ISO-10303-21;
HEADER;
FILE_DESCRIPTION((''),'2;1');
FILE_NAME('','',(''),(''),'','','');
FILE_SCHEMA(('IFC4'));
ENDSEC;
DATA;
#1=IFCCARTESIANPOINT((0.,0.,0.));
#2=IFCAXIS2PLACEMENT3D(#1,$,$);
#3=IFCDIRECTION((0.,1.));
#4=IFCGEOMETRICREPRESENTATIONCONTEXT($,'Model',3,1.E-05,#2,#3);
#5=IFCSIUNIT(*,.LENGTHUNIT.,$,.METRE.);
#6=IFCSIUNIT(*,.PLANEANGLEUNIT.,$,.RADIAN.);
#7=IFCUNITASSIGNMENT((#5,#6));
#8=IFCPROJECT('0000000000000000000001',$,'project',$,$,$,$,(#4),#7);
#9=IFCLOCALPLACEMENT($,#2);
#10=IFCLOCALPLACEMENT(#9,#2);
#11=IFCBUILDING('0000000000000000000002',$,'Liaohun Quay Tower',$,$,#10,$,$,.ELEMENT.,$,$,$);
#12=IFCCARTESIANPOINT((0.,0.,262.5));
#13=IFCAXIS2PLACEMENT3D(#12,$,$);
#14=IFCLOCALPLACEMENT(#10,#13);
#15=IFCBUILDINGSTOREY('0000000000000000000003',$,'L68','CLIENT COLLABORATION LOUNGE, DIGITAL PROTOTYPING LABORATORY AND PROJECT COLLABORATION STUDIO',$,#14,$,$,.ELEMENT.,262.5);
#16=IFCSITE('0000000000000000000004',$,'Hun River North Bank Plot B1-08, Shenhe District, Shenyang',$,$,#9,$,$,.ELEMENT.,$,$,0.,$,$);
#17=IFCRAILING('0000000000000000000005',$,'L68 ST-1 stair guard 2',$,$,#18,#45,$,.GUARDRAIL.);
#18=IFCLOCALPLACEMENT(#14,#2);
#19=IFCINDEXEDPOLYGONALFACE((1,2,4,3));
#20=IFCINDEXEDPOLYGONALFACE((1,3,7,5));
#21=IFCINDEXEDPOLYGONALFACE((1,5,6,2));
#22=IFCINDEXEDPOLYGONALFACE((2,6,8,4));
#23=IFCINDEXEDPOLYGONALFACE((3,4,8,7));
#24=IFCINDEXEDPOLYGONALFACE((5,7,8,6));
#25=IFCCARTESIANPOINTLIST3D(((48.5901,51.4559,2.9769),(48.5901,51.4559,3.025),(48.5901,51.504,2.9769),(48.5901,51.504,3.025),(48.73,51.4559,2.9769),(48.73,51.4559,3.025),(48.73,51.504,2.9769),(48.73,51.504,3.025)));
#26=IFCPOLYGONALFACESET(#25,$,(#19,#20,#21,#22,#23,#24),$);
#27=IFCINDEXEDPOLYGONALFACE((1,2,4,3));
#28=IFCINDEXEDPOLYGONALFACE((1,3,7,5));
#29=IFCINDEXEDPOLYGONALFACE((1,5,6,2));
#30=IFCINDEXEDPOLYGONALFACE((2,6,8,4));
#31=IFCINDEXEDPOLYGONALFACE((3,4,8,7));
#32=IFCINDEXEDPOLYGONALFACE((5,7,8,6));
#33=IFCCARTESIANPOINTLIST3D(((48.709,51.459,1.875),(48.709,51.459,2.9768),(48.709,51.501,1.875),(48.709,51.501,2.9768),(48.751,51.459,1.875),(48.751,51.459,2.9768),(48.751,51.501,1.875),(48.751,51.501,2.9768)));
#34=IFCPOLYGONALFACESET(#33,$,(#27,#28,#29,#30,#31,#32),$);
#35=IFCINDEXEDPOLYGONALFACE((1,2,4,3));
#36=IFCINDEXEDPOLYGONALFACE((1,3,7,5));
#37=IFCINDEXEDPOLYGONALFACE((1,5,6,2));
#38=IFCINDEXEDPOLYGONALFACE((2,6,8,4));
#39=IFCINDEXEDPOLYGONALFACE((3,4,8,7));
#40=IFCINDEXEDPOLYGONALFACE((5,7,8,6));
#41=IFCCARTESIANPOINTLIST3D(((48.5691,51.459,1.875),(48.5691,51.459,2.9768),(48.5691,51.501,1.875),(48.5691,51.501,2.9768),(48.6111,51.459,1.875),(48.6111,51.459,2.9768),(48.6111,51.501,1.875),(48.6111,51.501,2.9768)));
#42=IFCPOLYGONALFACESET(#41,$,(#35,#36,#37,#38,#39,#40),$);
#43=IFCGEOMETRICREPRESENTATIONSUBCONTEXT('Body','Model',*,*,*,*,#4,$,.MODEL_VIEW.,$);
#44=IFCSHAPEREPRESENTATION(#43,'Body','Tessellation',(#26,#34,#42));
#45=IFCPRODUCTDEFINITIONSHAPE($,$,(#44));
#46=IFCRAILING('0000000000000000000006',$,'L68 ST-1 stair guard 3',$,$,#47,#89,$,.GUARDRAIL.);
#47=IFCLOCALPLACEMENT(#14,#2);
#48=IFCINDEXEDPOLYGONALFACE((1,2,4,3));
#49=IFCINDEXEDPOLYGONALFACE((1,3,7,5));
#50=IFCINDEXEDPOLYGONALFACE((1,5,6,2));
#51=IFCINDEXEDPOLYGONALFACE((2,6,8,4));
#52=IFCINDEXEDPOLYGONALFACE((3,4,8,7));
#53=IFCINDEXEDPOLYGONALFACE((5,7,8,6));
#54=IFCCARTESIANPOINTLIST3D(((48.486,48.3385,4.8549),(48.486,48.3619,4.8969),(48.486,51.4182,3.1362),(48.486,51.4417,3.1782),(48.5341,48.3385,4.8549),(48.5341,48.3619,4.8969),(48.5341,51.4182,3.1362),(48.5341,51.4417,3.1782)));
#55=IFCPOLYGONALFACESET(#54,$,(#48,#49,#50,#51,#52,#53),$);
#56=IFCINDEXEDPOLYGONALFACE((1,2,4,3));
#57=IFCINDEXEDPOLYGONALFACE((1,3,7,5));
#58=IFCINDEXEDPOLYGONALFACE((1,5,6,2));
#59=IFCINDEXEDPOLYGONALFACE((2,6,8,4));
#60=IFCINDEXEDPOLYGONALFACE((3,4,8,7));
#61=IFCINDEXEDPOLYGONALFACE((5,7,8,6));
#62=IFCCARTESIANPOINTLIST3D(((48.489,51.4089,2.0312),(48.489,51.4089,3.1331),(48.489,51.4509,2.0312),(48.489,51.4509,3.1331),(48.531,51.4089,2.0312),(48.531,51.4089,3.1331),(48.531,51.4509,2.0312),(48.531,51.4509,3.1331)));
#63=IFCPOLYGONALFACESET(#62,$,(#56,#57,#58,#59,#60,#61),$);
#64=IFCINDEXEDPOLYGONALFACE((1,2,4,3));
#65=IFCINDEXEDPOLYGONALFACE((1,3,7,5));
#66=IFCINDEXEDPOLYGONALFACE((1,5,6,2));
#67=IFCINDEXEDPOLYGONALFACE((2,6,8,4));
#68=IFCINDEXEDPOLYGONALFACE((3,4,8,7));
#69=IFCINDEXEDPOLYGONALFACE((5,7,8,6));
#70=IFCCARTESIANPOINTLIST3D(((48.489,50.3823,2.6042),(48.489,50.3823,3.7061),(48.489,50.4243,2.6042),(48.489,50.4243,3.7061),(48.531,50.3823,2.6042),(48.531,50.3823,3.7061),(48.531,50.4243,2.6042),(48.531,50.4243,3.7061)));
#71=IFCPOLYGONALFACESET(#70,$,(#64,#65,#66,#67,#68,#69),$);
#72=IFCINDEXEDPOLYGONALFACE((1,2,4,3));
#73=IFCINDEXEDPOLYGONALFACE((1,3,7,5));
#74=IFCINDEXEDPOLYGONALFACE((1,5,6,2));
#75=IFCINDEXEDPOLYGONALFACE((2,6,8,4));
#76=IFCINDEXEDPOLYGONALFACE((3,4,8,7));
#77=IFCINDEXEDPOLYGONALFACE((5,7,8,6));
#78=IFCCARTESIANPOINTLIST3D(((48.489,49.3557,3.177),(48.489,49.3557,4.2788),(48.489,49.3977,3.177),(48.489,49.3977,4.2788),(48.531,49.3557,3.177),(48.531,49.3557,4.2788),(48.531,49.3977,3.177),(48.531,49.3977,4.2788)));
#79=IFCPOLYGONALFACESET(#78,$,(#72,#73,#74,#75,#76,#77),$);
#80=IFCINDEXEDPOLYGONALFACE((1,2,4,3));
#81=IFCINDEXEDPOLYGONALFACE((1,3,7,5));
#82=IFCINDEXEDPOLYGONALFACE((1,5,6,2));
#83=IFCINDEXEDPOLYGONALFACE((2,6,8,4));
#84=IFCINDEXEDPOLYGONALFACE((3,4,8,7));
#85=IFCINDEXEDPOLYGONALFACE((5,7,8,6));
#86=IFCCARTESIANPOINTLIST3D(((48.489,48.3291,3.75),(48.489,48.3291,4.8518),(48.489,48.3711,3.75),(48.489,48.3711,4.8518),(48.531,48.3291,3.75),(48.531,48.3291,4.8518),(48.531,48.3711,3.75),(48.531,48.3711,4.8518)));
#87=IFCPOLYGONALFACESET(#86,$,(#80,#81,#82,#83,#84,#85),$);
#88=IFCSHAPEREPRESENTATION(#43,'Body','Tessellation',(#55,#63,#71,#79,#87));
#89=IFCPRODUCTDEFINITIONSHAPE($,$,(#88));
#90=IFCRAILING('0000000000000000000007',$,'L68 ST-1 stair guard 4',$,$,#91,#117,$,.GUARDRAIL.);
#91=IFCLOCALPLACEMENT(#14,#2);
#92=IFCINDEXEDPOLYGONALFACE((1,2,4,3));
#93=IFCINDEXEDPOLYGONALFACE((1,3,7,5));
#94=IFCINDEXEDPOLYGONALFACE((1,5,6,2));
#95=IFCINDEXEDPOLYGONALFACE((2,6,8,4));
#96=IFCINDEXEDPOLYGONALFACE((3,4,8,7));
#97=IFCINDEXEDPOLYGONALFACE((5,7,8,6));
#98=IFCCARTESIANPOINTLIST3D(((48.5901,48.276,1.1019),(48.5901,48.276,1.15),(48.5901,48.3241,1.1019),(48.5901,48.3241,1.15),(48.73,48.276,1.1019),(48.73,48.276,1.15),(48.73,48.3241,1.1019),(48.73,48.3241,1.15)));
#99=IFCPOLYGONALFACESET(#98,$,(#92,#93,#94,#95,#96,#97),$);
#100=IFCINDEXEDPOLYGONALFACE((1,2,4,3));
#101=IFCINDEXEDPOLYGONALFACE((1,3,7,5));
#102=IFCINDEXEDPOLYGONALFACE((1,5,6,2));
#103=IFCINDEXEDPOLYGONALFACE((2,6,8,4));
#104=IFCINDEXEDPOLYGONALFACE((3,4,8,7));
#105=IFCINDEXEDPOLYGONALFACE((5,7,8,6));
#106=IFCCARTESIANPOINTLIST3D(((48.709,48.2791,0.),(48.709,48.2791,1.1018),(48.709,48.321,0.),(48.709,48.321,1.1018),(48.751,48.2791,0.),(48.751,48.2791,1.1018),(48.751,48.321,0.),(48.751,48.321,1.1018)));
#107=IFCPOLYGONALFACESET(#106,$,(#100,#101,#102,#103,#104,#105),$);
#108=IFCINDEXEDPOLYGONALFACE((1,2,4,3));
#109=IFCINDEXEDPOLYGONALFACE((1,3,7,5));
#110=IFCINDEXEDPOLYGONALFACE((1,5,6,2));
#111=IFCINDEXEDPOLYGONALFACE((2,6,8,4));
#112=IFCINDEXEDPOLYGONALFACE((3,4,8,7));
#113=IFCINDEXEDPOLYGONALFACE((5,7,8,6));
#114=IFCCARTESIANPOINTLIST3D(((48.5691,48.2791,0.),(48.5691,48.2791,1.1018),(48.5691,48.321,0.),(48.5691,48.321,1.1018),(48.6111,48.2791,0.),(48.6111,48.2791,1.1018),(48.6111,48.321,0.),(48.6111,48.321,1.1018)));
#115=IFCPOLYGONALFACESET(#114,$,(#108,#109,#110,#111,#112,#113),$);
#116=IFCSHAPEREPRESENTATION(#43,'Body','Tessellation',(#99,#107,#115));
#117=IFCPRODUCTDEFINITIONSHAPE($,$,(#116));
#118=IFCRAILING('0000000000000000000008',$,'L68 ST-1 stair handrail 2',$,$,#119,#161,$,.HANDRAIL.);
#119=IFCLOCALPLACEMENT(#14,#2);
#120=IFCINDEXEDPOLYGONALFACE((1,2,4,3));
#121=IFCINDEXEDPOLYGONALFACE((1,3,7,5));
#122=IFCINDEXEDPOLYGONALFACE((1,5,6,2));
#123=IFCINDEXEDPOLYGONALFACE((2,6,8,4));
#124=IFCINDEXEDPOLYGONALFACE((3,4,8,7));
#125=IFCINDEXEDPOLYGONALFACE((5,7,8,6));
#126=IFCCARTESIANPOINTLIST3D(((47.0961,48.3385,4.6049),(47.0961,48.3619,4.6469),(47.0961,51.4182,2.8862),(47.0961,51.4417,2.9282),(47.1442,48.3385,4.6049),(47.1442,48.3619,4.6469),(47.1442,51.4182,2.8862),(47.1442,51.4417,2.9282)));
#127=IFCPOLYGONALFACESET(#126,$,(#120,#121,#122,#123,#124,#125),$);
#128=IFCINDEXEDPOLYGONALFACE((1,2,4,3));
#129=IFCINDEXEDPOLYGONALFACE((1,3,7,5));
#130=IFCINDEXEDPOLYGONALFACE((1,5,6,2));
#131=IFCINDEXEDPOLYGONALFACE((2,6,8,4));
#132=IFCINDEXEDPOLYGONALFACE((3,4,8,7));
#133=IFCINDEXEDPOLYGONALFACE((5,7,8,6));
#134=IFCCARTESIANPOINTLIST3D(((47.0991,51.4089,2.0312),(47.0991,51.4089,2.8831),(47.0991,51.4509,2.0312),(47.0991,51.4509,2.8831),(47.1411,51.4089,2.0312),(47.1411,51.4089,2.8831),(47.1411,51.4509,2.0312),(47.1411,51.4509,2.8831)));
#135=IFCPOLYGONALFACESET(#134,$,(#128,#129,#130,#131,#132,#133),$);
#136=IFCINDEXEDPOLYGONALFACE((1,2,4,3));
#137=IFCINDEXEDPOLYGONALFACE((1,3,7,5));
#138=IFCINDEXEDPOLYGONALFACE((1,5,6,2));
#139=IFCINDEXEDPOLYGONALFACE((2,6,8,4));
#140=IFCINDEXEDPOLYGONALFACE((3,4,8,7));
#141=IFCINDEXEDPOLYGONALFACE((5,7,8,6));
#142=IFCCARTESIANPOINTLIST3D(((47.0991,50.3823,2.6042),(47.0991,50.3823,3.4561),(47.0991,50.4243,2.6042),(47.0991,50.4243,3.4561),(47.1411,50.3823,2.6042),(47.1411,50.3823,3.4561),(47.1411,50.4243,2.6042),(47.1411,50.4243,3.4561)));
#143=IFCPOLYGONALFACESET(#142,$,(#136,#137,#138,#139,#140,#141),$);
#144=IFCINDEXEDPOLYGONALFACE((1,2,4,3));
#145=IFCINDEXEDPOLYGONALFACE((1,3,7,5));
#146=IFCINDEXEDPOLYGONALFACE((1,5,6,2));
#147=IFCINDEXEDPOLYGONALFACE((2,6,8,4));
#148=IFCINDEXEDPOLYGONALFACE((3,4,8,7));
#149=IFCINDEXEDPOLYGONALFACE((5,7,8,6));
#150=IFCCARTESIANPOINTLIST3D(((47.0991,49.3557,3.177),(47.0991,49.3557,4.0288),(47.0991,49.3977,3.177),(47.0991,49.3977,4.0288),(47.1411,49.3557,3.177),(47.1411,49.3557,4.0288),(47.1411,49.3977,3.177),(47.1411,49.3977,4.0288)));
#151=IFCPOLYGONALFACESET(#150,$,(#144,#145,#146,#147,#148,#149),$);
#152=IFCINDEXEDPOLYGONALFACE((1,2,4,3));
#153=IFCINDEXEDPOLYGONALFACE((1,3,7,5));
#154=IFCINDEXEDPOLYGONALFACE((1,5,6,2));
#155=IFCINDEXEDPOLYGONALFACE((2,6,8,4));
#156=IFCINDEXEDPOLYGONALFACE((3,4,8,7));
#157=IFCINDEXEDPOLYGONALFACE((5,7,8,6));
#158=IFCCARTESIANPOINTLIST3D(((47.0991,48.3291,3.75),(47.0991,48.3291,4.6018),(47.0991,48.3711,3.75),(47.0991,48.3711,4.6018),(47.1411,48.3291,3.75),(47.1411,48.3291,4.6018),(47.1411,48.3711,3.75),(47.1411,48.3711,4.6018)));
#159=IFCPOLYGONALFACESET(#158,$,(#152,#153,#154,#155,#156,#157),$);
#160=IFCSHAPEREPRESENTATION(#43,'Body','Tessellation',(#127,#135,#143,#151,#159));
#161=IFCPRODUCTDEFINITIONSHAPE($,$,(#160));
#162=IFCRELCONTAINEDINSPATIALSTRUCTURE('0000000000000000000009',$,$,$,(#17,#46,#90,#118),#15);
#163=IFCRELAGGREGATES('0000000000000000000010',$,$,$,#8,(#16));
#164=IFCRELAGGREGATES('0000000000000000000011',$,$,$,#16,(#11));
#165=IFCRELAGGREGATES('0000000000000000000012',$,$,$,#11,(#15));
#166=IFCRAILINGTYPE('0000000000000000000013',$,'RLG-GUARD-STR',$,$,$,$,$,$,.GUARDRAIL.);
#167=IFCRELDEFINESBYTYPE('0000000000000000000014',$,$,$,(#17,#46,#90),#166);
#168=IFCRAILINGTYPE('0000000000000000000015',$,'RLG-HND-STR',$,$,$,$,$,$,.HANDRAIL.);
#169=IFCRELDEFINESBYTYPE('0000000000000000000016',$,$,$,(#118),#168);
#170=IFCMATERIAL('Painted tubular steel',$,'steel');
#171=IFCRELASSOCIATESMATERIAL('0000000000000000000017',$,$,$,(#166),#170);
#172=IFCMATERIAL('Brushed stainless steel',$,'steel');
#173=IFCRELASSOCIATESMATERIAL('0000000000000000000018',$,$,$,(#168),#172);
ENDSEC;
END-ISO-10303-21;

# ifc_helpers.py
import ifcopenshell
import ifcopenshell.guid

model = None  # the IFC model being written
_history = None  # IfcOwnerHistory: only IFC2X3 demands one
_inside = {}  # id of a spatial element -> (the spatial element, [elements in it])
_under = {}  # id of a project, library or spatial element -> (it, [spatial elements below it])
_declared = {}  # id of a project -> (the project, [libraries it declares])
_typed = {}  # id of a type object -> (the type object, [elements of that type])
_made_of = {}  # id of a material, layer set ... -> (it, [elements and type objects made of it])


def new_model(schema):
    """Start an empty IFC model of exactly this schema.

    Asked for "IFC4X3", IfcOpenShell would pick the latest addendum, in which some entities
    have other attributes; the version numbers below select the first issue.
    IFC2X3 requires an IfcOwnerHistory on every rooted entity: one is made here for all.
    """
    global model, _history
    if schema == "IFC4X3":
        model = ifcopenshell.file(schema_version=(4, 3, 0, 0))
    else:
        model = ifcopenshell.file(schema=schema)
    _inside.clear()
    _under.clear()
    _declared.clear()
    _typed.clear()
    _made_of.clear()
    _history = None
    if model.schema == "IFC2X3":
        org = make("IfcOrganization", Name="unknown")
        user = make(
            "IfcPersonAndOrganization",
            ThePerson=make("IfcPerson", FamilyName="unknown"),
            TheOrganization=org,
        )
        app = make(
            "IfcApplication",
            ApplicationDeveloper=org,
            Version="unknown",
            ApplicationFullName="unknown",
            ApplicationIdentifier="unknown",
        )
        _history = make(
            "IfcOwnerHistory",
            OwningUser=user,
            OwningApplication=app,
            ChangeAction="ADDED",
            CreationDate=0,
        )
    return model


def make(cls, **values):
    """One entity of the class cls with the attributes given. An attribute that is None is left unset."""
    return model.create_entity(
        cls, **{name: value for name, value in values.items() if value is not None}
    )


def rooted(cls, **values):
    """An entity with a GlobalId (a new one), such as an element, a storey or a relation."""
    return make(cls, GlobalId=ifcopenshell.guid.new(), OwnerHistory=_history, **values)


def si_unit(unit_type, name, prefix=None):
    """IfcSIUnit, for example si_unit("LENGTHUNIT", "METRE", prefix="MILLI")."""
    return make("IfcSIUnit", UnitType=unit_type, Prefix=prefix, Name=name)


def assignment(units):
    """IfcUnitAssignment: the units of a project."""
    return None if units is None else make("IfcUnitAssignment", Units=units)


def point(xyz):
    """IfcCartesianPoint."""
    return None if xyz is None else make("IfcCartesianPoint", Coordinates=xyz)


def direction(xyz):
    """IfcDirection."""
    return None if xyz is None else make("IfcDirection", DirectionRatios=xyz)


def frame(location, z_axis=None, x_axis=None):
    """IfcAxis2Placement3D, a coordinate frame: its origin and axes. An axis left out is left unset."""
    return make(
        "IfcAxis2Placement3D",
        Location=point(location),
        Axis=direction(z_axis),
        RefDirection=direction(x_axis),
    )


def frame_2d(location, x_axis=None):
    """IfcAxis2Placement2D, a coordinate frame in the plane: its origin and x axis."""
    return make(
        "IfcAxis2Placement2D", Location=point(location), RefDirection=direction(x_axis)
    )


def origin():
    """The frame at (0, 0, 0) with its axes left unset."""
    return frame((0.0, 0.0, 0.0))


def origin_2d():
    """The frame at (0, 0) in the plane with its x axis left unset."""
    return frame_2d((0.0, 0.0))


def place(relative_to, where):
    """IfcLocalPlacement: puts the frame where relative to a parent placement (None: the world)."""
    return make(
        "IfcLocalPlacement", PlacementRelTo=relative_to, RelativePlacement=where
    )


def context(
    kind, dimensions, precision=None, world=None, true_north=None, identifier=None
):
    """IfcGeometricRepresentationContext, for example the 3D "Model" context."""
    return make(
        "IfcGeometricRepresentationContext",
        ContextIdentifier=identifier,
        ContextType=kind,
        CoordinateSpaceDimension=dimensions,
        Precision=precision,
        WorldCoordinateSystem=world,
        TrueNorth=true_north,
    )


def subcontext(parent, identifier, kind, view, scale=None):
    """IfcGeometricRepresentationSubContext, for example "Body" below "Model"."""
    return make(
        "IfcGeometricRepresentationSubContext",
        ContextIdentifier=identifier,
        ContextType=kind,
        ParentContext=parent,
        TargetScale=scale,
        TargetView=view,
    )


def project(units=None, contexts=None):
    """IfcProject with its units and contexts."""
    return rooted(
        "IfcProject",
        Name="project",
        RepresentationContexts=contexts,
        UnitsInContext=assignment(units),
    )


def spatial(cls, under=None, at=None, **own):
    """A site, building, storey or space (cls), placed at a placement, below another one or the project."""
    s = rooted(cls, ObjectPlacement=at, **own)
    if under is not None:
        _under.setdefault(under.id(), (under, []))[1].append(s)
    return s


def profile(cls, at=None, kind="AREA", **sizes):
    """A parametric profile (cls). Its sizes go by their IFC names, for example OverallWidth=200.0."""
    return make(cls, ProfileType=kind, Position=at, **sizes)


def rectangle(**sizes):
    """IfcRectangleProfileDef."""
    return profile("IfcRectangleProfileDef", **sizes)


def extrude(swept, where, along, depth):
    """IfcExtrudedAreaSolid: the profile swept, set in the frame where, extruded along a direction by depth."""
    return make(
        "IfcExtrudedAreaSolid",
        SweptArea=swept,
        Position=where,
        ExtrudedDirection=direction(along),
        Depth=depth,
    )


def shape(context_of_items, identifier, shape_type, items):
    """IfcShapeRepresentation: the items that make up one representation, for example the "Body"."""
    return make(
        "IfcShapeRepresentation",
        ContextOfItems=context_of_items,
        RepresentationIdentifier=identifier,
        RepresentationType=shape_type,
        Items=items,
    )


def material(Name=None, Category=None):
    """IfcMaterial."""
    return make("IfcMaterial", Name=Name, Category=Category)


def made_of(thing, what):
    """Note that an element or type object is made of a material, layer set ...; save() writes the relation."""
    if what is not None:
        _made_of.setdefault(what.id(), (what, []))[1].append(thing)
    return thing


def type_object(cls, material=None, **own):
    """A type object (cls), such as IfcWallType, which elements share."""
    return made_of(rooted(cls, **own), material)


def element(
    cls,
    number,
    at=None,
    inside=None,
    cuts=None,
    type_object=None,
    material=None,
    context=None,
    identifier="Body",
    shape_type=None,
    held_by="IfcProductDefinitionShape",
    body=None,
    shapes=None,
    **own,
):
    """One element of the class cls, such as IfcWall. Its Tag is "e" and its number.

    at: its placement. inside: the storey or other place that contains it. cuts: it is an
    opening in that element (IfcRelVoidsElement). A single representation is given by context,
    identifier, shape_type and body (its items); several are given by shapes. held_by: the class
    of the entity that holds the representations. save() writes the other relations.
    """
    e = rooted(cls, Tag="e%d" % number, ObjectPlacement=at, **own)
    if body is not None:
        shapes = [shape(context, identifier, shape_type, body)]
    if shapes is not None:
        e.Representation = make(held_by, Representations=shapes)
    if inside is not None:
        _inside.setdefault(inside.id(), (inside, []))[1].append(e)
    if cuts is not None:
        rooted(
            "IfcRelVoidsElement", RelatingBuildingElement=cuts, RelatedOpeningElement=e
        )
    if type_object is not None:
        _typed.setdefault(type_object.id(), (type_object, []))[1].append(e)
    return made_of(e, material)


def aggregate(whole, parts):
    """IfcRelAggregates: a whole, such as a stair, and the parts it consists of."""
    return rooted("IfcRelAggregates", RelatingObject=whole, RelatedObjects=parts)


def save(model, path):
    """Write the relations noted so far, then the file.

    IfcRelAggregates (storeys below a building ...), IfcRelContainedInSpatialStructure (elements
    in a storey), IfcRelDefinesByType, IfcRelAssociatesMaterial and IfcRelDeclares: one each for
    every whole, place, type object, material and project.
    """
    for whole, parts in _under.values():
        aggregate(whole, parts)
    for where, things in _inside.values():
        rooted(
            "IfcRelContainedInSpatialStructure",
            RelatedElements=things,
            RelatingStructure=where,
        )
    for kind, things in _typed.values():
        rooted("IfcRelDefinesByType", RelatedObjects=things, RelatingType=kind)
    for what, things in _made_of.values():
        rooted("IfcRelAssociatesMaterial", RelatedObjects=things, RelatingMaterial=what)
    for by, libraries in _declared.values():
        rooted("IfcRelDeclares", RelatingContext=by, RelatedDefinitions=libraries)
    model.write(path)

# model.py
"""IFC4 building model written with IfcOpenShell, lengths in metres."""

from ifc_helpers import new_model, si_unit, direction, frame, origin, origin_2d, place, context, subcontext, project, spatial, rectangle, extrude, material, type_object, element, save


model = new_model("IFC4")

# Units and contexts
model_context = context("Model", 3, precision=1e-05, world=origin(), true_north=direction((0.0, 1.0)))
body_context = subcontext(model_context, "Body", "Model", "MODEL_VIEW")
ifc_project = project(units=[si_unit("LENGTHUNIT", "METRE"), si_unit("PLANEANGLEUNIT", "RADIAN")], contexts=[model_context])

# Site, building, storey
site_placement = place(None, origin())
site = spatial("IfcSite", under=ifc_project, at=site_placement, Name="Hun River North Bank Plot B1-08, Shenhe District, Shenyang", CompositionType="ELEMENT", RefElevation=0.0)
building_placement = place(site_placement, origin())
building = spatial("IfcBuilding", under=site, at=building_placement, Name="Liaohun Quay Tower", CompositionType="ELEMENT")
storey_placement = place(building_placement, frame((0.0, 0.0, 262.5)))
storey = spatial("IfcBuildingStorey", under=building, at=storey_placement, Name="L68", Description="CLIENT COLLABORATION LOUNGE, DIGITAL PROTOTYPING LABORATORY AND PROJECT COLLABORATION STUDIO", CompositionType="ELEMENT", Elevation=262.5)

# Railings
ifc_material_1 = material(Name="Painted tubular steel", Category="steel")
railing_type_1 = type_object("IfcRailingType", Name="RLG-GUARD-STR", PredefinedType="GUARDRAIL", material=ifc_material_1)
railing_1_placement = place(storey_placement, frame((48.73, 51.48, 1.875)))
element("IfcRailing", 1, at=railing_1_placement, inside=storey, type_object=railing_type_1, Name="L68 ST-1 stair guard 2", PredefinedType="GUARDRAIL", context=body_context, shape_type="SweptSolid", body=[
    extrude(rectangle(XDim=0.0481, YDim=0.0481, at=origin_2d()), frame((0.0, 0.0, 1.126), z_axis=(-1.0, 0.0, 0.0), x_axis=(0.0, -1.0, 0.0)), (0.0, 0.0, 1.0), 0.1399),
    extrude(rectangle(XDim=0.042, YDim=0.042, at=origin_2d()), origin(), (0.0, 0.0, 1.0), 1.1018),
    extrude(rectangle(XDim=0.042, YDim=0.042, at=origin_2d()), frame((-0.1399, 0.0, 0.0)), (0.0, 0.0, 1.0), 1.1018),
])
railing_2_placement = place(storey_placement, frame((48.51, 51.4299, 2.0312)))
element("IfcRailing", 2, at=railing_2_placement, inside=storey, type_object=railing_type_1, Name="L68 ST-1 stair guard 3", PredefinedType="GUARDRAIL", context=body_context, shape_type="SweptSolid", body=[
    extrude(rectangle(XDim=0.0481, YDim=0.0481, at=origin_2d()), frame((0.0, 0.0, 1.126), z_axis=(0.0, -0.873225, 0.487317), x_axis=(1.0, 0.0, 0.0)), (0.0, 0.0, 1.0), 3.5269),
    extrude(rectangle(XDim=0.042, YDim=0.042, at=origin_2d()), origin(), (0.0, 0.0, 1.0), 1.1018),
    extrude(rectangle(XDim=0.042, YDim=0.042, at=origin_2d()), frame((0.0, -1.0266, 0.573)), (0.0, 0.0, 1.0), 1.1018),
    extrude(rectangle(XDim=0.042, YDim=0.042, at=origin_2d()), frame((0.0, -2.0532, 1.1458)), (0.0, 0.0, 1.0), 1.1018),
    extrude(rectangle(XDim=0.042, YDim=0.042, at=origin_2d()), frame((0.0, -3.0798, 1.7188)), (0.0, 0.0, 1.0), 1.1018),
])
railing_3_placement = place(storey_placement, frame((48.73, 48.3, 0.0)))
element("IfcRailing", 3, at=railing_3_placement, inside=storey, type_object=railing_type_1, Name="L68 ST-1 stair guard 4", PredefinedType="GUARDRAIL", context=body_context, shape_type="SweptSolid", body=[
    extrude(rectangle(XDim=0.0481, YDim=0.0481, at=origin_2d()), frame((0.0, 0.0, 1.126), z_axis=(-1.0, 0.0, 0.0), x_axis=(0.0, -1.0, 0.0)), (0.0, 0.0, 1.0), 0.1399),
    extrude(rectangle(XDim=0.042, YDim=0.042, at=origin_2d()), origin(), (0.0, 0.0, 1.0), 1.1018),
    extrude(rectangle(XDim=0.042, YDim=0.042, at=origin_2d()), frame((-0.1399, 0.0, 0.0)), (0.0, 0.0, 1.0), 1.1018),
])
ifc_material_2 = material(Name="Brushed stainless steel", Category="steel")
railing_type_2 = type_object("IfcRailingType", Name="RLG-HND-STR", PredefinedType="HANDRAIL", material=ifc_material_2)
railing_4_placement = place(storey_placement, frame((47.1201, 51.4299, 2.0312)))
element("IfcRailing", 4, at=railing_4_placement, inside=storey, type_object=railing_type_2, Name="L68 ST-1 stair handrail 2", PredefinedType="HANDRAIL", context=body_context, shape_type="SweptSolid", body=[
    extrude(rectangle(XDim=0.0481, YDim=0.0481, at=origin_2d()), frame((0.0, 0.0, 0.876), z_axis=(0.0, -0.873225, 0.487317), x_axis=(1.0, 0.0, 0.0)), (0.0, 0.0, 1.0), 3.5269),
    extrude(rectangle(XDim=0.042, YDim=0.042, at=origin_2d()), origin(), (0.0, 0.0, 1.0), 0.8518),
    extrude(rectangle(XDim=0.042, YDim=0.042, at=origin_2d()), frame((0.0, -1.0266, 0.573)), (0.0, 0.0, 1.0), 0.8518),
    extrude(rectangle(XDim=0.042, YDim=0.042, at=origin_2d()), frame((0.0, -2.0532, 1.1458)), (0.0, 0.0, 1.0), 0.8518),
    extrude(rectangle(XDim=0.042, YDim=0.042, at=origin_2d()), frame((0.0, -3.0798, 1.7188)), (0.0, 0.0, 1.0), 0.8518),
])

save(model, "model.ifc")
